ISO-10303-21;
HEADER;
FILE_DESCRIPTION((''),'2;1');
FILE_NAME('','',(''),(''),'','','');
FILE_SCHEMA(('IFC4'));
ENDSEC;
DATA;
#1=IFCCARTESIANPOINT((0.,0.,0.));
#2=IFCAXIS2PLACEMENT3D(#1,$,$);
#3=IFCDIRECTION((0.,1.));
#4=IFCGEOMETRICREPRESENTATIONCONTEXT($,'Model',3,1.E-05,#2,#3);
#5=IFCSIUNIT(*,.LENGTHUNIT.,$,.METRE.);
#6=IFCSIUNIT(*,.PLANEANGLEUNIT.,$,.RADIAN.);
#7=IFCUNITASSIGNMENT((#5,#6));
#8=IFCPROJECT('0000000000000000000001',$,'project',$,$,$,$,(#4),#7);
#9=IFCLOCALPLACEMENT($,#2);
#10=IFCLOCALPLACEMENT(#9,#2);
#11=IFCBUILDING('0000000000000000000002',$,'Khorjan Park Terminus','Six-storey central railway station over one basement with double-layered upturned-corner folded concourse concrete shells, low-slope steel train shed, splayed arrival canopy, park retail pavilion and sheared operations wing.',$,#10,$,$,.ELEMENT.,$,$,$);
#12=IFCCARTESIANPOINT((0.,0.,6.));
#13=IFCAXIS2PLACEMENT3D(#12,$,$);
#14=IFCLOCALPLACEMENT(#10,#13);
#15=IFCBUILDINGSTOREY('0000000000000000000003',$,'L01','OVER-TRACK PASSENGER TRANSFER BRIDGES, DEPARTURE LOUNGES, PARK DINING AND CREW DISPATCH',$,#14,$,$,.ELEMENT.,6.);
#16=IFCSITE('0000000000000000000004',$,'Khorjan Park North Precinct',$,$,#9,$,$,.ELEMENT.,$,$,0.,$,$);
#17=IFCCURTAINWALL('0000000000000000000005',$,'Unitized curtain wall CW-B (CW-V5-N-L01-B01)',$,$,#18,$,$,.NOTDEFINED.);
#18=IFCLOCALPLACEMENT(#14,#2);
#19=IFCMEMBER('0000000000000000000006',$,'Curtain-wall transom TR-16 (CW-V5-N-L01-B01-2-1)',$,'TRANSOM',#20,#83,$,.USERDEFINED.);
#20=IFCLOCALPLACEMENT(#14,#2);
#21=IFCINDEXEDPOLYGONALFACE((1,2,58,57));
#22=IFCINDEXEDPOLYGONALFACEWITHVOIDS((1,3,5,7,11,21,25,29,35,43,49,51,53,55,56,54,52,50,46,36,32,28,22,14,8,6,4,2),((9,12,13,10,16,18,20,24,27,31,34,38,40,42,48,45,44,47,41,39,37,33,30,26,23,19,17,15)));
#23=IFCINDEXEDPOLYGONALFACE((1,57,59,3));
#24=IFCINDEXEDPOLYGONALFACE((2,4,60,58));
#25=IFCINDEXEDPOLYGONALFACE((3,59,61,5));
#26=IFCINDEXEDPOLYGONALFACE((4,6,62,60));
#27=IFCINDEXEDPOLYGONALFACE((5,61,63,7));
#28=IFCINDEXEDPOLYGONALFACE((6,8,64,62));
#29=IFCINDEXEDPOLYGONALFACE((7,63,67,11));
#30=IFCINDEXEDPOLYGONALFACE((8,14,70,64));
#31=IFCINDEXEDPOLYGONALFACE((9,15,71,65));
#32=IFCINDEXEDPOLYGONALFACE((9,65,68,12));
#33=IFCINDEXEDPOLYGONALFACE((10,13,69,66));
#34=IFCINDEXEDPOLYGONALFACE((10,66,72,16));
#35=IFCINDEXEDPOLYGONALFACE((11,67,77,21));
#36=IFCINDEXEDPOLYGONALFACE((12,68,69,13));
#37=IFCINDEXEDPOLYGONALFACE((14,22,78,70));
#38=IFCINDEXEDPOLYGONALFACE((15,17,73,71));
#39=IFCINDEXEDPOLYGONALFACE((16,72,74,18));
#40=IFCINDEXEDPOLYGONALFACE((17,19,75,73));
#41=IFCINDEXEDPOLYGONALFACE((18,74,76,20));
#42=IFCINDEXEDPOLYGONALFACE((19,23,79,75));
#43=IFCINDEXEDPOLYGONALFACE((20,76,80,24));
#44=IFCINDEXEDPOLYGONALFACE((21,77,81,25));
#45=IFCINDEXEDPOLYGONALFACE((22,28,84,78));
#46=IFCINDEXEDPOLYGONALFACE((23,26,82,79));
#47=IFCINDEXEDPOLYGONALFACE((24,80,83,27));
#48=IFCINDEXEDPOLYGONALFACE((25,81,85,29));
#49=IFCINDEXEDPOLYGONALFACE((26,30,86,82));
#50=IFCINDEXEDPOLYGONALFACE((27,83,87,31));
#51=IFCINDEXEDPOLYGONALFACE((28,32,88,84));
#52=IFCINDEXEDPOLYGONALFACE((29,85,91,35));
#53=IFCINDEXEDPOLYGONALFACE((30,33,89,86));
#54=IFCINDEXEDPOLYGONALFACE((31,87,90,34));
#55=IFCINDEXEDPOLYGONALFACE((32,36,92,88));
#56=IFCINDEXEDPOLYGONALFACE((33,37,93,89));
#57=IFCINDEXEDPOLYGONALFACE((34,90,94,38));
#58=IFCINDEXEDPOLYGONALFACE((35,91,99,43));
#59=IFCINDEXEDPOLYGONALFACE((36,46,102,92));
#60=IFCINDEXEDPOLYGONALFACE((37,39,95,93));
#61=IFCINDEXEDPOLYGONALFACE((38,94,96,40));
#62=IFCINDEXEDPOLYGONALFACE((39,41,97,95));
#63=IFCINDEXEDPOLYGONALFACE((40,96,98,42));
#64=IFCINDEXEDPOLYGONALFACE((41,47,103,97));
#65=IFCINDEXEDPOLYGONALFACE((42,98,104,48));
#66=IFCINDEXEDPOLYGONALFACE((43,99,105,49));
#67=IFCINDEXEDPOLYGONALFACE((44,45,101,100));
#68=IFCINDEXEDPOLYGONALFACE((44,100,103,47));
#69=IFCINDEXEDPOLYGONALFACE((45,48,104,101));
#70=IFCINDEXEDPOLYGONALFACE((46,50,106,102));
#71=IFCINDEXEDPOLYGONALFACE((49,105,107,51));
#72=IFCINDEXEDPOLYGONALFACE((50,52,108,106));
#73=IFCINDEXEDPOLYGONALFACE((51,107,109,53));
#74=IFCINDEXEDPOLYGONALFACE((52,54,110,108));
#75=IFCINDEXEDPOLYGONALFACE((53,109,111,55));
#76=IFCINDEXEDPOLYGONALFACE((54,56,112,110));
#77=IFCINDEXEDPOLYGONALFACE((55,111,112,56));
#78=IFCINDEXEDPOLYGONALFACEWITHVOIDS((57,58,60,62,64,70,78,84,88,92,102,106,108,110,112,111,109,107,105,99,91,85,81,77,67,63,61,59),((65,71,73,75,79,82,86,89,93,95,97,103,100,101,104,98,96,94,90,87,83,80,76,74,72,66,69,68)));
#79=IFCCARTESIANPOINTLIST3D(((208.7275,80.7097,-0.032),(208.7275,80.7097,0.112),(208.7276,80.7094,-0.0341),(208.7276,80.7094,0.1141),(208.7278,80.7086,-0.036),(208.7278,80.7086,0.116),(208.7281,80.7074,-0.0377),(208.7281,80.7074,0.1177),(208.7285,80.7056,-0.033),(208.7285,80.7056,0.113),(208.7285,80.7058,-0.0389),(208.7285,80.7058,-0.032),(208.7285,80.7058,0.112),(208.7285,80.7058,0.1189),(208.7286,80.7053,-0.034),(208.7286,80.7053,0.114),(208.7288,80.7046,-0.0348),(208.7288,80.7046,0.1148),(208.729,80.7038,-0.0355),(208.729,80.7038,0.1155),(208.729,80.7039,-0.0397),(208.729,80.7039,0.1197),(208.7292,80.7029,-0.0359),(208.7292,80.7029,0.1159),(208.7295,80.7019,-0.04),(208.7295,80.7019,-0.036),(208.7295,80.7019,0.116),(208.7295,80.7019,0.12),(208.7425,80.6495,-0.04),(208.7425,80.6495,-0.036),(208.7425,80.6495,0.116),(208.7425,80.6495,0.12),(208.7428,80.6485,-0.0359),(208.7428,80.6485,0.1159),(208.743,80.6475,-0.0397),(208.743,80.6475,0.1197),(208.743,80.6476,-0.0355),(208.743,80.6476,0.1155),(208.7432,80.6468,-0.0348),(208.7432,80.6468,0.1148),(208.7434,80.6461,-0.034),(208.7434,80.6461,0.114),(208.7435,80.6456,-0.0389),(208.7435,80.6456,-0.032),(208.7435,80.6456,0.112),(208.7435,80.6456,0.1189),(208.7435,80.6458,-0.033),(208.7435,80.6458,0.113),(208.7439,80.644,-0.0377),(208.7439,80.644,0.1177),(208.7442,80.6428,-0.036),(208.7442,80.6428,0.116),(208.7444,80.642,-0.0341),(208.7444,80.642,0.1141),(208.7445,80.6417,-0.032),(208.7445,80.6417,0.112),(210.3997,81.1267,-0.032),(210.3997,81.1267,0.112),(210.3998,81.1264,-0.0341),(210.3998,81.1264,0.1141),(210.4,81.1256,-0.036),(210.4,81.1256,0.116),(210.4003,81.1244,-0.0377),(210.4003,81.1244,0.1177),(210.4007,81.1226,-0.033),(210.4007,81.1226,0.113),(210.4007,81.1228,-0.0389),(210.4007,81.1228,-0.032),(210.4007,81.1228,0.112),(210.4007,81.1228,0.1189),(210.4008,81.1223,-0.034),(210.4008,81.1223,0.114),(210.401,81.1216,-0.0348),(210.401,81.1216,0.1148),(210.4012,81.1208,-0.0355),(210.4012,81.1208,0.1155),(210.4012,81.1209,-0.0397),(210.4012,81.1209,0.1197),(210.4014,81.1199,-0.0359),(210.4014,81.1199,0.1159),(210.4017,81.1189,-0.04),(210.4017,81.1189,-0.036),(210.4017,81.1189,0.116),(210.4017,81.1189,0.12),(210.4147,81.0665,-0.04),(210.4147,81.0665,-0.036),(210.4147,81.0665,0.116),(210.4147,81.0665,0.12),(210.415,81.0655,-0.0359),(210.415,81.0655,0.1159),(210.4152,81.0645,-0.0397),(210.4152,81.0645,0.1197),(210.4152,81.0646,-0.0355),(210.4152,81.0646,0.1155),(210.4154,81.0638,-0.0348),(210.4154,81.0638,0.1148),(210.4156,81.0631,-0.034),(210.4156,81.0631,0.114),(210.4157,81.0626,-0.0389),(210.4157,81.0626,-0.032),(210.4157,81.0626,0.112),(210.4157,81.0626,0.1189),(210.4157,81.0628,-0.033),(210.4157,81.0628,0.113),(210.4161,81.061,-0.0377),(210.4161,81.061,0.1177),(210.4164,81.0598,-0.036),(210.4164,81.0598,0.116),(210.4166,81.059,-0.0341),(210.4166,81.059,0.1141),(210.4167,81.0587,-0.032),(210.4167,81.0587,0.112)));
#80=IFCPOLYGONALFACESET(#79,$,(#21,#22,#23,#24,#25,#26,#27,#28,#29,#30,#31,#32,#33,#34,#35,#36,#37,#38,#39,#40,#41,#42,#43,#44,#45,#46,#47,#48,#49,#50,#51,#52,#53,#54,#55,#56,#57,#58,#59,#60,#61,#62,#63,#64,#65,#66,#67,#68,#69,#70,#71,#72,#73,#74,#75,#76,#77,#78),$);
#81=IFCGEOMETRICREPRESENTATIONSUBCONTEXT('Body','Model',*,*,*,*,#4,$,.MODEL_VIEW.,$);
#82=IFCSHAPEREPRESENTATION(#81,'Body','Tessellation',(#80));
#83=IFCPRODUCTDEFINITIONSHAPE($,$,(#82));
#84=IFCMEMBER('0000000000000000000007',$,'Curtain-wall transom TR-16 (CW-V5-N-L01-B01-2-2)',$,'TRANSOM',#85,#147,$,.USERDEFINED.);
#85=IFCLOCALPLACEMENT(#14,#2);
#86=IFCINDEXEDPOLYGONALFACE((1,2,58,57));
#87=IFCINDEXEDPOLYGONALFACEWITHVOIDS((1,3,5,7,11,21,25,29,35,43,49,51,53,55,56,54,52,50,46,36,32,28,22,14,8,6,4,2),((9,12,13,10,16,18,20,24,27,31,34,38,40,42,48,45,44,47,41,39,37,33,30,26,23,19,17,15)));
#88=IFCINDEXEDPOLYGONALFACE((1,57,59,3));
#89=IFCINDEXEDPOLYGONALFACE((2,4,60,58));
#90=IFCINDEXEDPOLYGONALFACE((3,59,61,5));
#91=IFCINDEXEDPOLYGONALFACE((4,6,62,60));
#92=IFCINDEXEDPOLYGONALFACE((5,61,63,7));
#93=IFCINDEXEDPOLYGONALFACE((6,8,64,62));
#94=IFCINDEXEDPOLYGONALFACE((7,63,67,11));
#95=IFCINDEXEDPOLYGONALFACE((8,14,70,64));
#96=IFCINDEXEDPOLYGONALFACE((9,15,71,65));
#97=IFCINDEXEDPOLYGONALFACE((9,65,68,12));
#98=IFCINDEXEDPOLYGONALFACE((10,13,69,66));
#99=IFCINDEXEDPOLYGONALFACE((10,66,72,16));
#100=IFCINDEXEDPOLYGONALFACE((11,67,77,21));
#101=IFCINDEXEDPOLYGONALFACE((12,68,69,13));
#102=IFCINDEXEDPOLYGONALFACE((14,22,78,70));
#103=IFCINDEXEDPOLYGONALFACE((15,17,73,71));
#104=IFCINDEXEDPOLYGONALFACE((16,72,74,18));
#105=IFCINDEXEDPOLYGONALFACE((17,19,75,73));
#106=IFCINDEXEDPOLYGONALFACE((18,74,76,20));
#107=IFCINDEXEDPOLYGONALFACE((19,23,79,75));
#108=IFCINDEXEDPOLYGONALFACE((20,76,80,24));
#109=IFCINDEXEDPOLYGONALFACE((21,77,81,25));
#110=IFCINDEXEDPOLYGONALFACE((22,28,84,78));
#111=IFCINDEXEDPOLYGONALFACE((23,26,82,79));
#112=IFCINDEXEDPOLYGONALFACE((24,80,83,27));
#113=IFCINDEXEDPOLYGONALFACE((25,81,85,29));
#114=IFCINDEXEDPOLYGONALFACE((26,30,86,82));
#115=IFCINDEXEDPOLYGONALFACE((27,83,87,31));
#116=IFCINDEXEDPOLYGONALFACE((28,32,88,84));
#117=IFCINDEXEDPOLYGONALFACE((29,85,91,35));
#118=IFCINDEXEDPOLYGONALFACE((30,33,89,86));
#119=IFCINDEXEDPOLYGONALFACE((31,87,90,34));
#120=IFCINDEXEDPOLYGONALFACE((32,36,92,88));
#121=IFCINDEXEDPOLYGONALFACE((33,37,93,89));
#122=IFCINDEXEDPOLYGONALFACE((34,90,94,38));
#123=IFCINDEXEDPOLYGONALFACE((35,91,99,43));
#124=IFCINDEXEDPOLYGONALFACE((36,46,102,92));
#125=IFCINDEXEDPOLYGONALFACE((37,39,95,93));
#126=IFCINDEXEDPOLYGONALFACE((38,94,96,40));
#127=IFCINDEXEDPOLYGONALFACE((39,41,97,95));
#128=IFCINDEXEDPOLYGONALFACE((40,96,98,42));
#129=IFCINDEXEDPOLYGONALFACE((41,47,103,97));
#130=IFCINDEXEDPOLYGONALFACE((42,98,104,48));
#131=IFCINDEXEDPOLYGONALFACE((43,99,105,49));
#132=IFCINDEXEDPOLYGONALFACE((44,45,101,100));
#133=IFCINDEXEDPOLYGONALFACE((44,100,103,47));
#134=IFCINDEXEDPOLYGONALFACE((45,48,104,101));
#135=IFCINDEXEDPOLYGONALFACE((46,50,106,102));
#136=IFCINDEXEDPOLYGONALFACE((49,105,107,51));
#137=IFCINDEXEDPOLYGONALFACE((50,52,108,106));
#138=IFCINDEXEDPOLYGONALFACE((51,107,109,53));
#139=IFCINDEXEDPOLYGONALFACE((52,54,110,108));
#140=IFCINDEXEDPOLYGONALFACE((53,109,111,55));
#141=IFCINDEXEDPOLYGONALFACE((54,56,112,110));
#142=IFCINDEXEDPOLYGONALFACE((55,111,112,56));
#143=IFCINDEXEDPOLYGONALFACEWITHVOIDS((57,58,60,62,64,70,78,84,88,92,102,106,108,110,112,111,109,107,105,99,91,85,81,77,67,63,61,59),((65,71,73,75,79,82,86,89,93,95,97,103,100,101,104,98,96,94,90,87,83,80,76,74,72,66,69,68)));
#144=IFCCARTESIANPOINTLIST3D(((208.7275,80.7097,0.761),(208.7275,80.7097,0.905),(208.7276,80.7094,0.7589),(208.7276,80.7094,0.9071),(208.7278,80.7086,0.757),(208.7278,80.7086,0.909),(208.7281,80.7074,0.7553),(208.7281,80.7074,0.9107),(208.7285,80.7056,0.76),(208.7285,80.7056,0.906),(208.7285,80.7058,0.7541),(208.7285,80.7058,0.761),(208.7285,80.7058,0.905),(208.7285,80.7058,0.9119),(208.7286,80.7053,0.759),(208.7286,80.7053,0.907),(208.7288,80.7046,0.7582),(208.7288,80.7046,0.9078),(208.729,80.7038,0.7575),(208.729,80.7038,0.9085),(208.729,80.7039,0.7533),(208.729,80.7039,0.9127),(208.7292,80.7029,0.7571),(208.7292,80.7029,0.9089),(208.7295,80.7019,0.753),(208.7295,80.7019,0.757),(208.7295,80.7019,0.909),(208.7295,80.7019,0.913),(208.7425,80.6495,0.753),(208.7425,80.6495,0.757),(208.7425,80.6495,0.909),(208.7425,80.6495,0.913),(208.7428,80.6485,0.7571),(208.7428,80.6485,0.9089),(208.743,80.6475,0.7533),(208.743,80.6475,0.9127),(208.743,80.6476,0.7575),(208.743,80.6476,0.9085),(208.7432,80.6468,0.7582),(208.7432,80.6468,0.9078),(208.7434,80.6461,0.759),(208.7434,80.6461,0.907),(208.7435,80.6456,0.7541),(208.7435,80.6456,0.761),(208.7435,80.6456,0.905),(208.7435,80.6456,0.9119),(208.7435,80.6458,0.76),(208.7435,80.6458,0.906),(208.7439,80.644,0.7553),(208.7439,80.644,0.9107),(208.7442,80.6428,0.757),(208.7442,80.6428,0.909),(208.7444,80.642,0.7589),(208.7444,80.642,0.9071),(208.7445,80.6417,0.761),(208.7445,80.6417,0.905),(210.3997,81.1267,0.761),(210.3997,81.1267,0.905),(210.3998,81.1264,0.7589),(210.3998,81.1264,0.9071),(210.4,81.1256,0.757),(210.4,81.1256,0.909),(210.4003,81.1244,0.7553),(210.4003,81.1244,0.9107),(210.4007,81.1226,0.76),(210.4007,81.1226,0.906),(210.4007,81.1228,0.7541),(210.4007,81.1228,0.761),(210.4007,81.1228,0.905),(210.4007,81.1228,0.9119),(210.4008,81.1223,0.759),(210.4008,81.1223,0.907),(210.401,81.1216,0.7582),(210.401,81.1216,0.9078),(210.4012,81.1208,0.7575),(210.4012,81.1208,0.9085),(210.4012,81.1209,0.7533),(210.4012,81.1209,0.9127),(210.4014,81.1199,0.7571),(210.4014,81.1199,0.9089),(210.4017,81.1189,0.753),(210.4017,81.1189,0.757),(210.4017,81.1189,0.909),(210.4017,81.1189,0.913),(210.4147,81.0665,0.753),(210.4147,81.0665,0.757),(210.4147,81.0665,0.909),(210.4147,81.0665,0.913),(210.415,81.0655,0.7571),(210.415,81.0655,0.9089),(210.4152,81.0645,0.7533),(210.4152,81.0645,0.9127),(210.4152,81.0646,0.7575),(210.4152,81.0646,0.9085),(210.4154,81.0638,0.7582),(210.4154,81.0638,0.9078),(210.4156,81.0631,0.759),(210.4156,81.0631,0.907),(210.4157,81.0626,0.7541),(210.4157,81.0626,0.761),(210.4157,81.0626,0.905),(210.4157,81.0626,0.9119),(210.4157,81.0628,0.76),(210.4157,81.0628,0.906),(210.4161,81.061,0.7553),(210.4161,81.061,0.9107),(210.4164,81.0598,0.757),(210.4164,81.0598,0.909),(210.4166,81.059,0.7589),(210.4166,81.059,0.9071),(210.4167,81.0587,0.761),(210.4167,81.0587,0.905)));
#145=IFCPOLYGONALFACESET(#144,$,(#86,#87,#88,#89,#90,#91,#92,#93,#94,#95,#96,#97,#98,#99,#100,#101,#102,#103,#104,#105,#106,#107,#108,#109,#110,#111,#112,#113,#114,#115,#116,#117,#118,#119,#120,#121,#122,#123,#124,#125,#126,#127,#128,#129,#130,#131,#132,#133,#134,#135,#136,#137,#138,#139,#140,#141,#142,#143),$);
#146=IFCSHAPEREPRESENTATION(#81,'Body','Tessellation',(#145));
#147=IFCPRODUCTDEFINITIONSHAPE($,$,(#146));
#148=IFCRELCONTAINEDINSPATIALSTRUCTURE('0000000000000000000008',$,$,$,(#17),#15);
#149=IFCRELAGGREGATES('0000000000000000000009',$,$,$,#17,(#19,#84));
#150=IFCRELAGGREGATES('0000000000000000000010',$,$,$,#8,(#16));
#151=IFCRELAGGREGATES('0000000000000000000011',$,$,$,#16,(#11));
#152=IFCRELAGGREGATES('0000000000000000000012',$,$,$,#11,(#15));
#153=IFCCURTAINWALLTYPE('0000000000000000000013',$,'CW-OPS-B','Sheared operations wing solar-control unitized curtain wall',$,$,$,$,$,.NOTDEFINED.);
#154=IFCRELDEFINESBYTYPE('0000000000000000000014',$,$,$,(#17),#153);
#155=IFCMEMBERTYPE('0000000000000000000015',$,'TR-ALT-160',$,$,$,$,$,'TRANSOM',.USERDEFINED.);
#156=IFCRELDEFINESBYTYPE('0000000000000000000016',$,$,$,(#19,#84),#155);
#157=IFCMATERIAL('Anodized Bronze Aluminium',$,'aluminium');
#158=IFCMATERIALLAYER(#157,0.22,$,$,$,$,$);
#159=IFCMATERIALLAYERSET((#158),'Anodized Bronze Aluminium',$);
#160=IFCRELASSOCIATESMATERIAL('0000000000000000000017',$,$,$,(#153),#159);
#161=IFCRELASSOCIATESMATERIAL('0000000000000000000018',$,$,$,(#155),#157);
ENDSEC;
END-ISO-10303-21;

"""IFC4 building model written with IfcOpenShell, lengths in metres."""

from ifc_helpers import new_model, si_unit, direction, frame, origin, origin_2d, place, context, subcontext, project, spatial, hollow_rectangle, extrude, material, layer, layer_set, material_profile, profile_set, type_object, element, aggregate, save


model = new_model("IFC4")

# Units and contexts
model_context = context("Model", 3, precision=1e-05, world=origin(), true_north=direction((0.0, 1.0)))
body_context = subcontext(model_context, "Body", "Model", "MODEL_VIEW")
ifc_project = project(units=[si_unit("LENGTHUNIT", "METRE"), si_unit("PLANEANGLEUNIT", "RADIAN")], contexts=[model_context])

# Site, building, storey
site_placement = place(None, origin())
site = spatial("IfcSite", under=ifc_project, at=site_placement, Name="Khorjan Park North Precinct", CompositionType="ELEMENT", RefElevation=0.0)
building_placement = place(site_placement, origin())
building = spatial("IfcBuilding", under=site, at=building_placement, Name="Khorjan Park Terminus", Description="Six-storey central railway station over one basement with double-layered upturned-corner folded concourse concrete shells, low-slope steel train shed, splayed arrival canopy, park retail pavilion and sheared operations wing.", CompositionType="ELEMENT")
storey_placement = place(building_placement, frame((0.0, 0.0, 6.0)))
storey = spatial("IfcBuildingStorey", under=building, at=storey_placement, Name="L01", Description="OVER-TRACK PASSENGER TRANSFER BRIDGES, DEPARTURE LOUNGES, PARK DINING AND CREW DISPATCH", CompositionType="ELEMENT", Elevation=6.0)

# Curtain wall, members
ifc_material_1 = material(Name="Anodized Bronze Aluminium", Category="aluminium")
ifc_layer_1 = layer(ifc_material_1, 0.22)
ifc_layer_set_1 = layer_set([ifc_layer_1], Name="Anodized Bronze Aluminium")
curtain_wall_type = type_object("IfcCurtainWallType", Name="CW-OPS-B", Description="Sheared operations wing solar-control unitized curtain wall", PredefinedType="NOTDEFINED", material=ifc_layer_set_1)
curtain_wall_placement = place(storey_placement, origin())
curtain_wall = element("IfcCurtainWall", 1, at=curtain_wall_placement, inside=storey, type_object=curtain_wall_type, Name="Unitized curtain wall CW-B (CW-V5-N-L01-B01)", PredefinedType="NOTDEFINED")
ifc_material_profile_1 = material_profile(ifc_material_1, hollow_rectangle(XDim=0.07, YDim=0.16, WallThickness=0.004, InnerFilletRadius=0.004, OuterFilletRadius=0.008, at=origin_2d()), Name="ALT 70x160x4")
ifc_profile_set_1 = profile_set([ifc_material_profile_1], Name="Anodized Bronze Aluminium")
member_type_1 = type_object("IfcMemberType", Name="TR-ALT-160", ElementType="TRANSOM", PredefinedType="USERDEFINED", material=ifc_profile_set_1)
member_1_placement = place(storey_placement, frame((210.4082, 81.0927, 0.04), z_axis=(-0.970286, -0.241962, 0.0), x_axis=(0.241962, -0.970286, 0.0)))
member_1 = element("IfcMember", 2, at=member_1_placement, type_object=member_type_1, Name="Curtain-wall transom TR-16 (CW-V5-N-L01-B01-2-1)", ObjectType="TRANSOM", PredefinedType="USERDEFINED", context=body_context, shape_type="SweptSolid", body=[
    extrude(hollow_rectangle(XDim=0.07, YDim=0.16, WallThickness=0.004, InnerFilletRadius=0.004, OuterFilletRadius=0.008, at=origin_2d()), origin(), (0.0, 0.0, 1.0), 1.7234),
])
member_2_placement = place(storey_placement, frame((210.4082, 81.0927, 0.833), z_axis=(-0.970286, -0.241962, 0.0), x_axis=(0.241962, -0.970286, 0.0)))
member_2 = element("IfcMember", 3, at=member_2_placement, type_object=member_type_1, Name="Curtain-wall transom TR-16 (CW-V5-N-L01-B01-2-2)", ObjectType="TRANSOM", PredefinedType="USERDEFINED", context=body_context, shape_type="SweptSolid", body=[
    extrude(hollow_rectangle(XDim=0.07, YDim=0.16, WallThickness=0.004, InnerFilletRadius=0.004, OuterFilletRadius=0.008, at=origin_2d()), origin(), (0.0, 0.0, 1.0), 1.7234),
])
aggregate(curtain_wall, [member_1, member_2])

save(model, "model.ifc")
